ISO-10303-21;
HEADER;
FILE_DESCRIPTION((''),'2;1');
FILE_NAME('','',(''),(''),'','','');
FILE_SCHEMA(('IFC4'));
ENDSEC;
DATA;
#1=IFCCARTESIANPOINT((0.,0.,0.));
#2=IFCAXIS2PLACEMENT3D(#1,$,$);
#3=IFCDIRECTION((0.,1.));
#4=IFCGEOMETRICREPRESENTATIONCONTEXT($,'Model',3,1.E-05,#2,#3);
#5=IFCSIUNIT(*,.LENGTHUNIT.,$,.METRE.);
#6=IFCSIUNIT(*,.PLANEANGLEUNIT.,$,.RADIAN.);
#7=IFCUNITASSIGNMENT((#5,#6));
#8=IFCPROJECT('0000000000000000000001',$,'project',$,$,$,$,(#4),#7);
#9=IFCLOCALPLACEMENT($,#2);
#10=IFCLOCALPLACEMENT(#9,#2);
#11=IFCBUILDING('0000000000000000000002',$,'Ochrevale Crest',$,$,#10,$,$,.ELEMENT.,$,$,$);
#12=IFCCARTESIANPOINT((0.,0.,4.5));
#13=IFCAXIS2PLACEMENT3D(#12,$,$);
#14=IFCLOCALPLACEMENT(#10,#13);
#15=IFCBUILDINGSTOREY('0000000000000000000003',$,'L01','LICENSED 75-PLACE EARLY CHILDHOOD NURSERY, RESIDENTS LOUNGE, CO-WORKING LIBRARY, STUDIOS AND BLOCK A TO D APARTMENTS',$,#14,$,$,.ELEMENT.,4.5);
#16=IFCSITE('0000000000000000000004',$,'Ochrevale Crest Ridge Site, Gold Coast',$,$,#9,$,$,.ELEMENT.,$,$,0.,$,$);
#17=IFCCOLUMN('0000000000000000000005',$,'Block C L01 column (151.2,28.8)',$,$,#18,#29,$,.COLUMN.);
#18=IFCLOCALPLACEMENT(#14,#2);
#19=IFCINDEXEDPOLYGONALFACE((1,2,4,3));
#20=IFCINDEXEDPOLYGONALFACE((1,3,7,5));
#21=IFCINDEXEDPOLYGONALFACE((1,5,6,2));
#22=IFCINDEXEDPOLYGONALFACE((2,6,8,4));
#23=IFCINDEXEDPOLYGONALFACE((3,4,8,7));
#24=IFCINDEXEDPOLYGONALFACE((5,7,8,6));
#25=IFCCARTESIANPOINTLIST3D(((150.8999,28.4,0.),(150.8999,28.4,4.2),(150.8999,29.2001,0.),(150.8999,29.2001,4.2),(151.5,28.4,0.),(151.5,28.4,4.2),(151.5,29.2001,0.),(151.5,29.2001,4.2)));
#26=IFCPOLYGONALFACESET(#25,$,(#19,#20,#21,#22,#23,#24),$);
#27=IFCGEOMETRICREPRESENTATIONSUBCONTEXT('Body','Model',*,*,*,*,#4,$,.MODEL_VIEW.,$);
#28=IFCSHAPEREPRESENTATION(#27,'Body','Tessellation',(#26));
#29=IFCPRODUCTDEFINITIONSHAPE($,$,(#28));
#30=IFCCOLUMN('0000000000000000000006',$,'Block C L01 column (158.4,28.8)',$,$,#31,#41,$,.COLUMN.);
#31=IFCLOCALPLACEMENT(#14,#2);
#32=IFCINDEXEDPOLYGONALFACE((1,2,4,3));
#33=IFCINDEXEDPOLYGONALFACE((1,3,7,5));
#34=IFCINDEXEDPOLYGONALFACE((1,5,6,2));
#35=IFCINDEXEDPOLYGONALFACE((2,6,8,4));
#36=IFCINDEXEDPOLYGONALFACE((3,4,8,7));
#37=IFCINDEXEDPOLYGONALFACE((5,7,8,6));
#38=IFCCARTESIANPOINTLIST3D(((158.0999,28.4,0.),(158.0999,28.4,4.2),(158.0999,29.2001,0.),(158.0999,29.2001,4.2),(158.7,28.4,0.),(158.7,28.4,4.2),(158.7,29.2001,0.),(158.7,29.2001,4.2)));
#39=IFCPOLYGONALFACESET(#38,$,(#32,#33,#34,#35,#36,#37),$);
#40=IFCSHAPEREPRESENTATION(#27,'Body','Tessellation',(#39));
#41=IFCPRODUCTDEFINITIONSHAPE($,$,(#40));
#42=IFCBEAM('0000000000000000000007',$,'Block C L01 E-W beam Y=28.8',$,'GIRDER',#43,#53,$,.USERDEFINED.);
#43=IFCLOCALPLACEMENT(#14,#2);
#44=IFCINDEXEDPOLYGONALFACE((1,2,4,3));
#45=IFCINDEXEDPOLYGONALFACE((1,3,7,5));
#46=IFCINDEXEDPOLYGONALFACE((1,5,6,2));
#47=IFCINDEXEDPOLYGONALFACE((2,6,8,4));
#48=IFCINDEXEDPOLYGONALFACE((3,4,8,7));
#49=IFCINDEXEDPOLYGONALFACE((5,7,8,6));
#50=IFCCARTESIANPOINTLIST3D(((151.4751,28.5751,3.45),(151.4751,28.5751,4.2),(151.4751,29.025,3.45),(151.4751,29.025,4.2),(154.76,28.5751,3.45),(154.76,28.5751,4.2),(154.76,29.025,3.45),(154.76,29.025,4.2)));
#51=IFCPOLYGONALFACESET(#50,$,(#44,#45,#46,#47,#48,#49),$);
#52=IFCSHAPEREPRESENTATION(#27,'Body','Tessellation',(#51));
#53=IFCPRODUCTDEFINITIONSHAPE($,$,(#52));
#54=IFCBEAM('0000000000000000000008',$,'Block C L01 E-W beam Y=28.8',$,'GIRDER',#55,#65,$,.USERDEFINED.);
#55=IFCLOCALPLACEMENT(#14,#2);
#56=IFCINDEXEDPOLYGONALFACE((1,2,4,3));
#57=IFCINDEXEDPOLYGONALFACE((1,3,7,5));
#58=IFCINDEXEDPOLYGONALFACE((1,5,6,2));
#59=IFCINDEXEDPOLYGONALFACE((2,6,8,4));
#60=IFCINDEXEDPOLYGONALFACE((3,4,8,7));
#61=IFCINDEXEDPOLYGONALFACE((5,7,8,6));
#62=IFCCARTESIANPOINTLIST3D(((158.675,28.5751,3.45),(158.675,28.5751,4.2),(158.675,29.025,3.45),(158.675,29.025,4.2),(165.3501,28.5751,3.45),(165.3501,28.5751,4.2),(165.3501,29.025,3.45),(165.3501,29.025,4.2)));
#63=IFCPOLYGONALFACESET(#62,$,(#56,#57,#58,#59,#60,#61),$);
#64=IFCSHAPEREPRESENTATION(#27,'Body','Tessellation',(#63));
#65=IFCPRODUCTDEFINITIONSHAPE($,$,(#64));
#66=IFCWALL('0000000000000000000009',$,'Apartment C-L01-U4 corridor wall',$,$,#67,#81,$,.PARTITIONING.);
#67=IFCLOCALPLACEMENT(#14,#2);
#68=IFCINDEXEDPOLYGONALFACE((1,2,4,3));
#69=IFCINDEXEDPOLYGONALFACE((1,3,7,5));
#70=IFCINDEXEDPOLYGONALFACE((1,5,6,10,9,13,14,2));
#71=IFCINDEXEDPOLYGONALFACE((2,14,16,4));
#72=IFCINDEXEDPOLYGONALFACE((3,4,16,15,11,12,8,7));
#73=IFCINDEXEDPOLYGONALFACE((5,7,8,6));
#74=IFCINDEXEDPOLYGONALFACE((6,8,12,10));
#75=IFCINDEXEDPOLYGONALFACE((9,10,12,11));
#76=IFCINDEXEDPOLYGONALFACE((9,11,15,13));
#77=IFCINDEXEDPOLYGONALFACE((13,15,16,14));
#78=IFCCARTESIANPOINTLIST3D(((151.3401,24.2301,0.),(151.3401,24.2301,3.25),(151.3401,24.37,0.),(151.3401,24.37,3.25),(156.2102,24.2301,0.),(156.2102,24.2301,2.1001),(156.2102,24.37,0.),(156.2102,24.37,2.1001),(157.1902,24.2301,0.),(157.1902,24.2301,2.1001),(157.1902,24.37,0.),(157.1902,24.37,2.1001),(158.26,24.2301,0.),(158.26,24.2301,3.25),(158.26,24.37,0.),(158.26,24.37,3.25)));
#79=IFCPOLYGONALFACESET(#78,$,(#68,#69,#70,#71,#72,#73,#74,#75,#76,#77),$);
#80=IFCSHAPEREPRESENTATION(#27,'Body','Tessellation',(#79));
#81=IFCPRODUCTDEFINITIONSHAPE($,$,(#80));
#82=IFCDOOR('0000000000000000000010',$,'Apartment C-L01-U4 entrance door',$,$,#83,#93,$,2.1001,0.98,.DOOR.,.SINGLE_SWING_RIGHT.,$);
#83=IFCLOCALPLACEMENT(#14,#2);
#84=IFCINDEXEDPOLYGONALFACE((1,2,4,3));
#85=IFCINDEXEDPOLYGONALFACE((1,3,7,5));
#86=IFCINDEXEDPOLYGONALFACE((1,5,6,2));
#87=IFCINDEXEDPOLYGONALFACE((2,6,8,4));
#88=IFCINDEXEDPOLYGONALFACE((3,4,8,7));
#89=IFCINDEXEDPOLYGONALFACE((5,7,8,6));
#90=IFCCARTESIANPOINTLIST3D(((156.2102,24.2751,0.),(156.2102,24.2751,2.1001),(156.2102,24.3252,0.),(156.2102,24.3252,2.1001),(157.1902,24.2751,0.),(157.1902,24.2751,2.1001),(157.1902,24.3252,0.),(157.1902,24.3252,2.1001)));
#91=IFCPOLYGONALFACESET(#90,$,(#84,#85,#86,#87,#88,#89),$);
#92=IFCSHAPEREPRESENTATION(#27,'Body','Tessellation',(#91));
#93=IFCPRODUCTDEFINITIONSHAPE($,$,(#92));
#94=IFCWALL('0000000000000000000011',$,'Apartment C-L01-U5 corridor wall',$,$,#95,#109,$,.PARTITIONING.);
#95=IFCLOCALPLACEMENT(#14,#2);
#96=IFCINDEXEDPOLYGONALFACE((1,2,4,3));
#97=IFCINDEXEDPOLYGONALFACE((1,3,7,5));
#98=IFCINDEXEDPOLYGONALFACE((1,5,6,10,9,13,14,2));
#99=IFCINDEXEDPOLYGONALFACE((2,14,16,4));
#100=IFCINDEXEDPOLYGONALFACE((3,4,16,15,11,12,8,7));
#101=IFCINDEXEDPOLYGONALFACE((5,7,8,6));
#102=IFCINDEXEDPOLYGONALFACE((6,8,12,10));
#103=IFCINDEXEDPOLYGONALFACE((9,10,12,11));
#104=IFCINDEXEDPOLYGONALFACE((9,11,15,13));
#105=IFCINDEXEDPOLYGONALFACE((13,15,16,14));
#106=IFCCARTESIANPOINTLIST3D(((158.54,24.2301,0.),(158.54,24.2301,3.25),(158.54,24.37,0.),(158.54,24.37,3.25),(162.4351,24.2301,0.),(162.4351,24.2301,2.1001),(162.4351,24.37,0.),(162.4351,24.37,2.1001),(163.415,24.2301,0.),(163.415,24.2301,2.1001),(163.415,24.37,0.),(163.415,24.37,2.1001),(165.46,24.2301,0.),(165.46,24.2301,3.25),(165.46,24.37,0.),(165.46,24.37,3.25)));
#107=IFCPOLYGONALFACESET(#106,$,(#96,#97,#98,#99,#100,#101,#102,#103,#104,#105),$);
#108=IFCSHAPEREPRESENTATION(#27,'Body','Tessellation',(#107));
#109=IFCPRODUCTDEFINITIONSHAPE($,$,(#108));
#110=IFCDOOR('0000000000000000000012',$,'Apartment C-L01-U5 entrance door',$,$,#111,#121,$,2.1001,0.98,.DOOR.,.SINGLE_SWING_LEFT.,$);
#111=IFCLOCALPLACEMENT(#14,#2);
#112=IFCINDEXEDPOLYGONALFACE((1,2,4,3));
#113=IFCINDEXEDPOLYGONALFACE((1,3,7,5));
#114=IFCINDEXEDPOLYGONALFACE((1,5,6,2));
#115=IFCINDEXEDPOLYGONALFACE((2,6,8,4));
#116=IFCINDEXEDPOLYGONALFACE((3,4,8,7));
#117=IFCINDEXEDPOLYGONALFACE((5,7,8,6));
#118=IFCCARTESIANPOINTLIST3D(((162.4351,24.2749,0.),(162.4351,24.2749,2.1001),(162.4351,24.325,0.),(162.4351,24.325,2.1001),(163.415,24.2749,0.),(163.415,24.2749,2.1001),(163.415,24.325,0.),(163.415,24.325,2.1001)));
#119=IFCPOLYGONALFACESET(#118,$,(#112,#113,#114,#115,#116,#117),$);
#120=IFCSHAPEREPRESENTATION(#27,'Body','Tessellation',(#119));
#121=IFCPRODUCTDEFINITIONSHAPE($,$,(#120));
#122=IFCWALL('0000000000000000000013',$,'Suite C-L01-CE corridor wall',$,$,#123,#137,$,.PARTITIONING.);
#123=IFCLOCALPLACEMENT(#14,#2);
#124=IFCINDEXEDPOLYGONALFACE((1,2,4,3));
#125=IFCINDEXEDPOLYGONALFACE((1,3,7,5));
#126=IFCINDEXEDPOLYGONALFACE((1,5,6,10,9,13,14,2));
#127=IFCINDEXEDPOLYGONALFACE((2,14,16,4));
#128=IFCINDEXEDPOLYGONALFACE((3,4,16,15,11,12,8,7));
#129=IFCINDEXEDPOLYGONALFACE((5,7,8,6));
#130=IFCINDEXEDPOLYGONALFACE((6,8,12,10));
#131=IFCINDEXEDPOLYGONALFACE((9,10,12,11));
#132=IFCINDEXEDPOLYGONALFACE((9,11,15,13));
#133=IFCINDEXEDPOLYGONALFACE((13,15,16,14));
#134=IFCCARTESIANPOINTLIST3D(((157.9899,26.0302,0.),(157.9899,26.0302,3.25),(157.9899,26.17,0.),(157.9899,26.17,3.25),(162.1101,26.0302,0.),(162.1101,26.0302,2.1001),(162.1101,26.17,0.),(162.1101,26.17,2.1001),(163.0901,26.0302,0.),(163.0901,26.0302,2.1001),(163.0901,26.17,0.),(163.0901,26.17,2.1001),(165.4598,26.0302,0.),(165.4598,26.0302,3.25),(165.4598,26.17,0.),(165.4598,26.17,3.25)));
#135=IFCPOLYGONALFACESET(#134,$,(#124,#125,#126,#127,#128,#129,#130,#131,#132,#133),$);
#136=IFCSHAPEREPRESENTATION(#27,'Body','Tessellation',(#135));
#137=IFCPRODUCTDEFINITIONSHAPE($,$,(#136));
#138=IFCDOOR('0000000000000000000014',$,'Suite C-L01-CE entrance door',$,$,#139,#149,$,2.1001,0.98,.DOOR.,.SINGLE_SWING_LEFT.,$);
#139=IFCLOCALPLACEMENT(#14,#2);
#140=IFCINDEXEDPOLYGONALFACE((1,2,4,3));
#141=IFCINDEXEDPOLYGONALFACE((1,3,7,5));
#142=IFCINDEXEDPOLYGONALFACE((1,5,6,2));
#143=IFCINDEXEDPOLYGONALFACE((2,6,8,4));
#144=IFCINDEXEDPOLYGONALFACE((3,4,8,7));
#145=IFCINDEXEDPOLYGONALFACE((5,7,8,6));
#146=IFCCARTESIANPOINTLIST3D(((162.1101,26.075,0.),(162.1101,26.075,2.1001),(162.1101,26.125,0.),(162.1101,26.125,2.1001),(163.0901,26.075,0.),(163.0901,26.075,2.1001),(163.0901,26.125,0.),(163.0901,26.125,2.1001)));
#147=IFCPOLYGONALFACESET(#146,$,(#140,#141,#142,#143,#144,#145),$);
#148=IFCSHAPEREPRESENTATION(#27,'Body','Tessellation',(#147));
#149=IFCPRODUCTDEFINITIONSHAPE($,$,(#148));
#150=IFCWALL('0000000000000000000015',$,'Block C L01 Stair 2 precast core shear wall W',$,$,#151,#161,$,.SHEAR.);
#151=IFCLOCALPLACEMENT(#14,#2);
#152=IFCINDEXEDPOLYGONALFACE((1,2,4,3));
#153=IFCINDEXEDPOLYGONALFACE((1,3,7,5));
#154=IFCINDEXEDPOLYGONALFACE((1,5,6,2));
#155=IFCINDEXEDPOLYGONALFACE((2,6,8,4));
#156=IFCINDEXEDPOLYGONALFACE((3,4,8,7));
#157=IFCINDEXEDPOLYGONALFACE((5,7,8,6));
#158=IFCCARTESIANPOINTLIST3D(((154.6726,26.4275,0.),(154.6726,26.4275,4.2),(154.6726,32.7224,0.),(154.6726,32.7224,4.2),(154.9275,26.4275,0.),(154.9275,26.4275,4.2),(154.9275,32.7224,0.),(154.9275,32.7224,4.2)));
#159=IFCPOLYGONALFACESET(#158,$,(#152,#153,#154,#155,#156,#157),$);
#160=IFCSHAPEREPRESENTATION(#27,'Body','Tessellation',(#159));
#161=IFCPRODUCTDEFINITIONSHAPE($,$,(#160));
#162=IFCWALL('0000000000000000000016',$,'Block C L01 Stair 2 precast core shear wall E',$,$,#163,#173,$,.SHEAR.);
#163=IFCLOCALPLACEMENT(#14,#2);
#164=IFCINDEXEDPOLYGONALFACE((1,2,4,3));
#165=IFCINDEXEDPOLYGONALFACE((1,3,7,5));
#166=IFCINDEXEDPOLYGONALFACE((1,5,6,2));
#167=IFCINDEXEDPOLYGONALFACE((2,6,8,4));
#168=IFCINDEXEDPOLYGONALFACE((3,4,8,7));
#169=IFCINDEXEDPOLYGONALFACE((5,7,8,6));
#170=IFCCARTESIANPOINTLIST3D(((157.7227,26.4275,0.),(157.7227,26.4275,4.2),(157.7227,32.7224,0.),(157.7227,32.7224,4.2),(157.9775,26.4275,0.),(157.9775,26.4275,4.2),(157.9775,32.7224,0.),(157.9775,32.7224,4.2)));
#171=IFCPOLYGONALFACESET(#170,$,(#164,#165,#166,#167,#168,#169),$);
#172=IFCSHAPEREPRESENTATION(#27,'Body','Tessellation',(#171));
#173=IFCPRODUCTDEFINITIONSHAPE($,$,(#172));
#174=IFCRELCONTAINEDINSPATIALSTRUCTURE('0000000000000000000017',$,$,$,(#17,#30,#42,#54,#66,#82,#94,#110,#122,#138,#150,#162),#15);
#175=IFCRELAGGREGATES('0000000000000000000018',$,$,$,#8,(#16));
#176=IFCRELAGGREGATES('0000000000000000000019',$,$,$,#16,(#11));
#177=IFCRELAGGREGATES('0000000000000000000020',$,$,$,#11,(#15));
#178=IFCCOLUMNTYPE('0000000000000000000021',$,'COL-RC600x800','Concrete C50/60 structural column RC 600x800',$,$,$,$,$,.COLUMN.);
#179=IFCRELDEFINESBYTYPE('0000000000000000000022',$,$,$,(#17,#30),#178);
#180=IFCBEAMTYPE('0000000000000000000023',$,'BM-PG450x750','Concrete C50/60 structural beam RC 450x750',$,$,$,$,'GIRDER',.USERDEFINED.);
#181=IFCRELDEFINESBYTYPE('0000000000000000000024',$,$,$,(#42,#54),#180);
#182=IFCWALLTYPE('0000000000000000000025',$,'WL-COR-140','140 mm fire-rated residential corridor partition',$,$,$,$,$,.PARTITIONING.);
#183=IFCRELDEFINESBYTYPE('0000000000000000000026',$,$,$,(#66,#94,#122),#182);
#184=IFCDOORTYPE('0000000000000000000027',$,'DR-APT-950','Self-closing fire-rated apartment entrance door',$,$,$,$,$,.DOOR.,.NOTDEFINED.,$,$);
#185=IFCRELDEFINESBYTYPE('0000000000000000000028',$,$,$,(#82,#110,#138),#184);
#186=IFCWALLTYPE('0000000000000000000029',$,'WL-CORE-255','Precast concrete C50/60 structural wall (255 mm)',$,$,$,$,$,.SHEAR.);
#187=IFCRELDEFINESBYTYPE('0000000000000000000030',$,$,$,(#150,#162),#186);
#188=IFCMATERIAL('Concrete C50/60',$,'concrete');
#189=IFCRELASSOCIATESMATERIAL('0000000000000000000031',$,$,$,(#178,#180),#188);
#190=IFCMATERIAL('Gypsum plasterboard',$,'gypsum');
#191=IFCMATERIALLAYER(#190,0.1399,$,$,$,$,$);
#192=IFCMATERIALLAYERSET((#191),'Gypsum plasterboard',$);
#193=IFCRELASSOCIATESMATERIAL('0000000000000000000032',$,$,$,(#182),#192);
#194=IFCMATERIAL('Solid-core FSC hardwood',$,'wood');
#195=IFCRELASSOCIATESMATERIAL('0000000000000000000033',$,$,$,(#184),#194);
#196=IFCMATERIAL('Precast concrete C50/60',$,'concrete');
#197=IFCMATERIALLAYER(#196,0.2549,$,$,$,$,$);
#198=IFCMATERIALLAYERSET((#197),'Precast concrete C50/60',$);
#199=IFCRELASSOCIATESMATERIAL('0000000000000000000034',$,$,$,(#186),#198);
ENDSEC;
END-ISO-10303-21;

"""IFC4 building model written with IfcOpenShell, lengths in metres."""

from ifc_helpers import new_model, si_unit, direction, frame, frame_2d, origin, origin_2d, place, context, subcontext, project, spatial, rectangle, extrude, material, layer, layer_set, material_profile, profile_set, type_object, element, fill, save


model = new_model("IFC4")

# Units and contexts
model_context = context("Model", 3, precision=1e-05, world=origin(), true_north=direction((0.0, 1.0)))
body_context = subcontext(model_context, "Body", "Model", "MODEL_VIEW")
ifc_project = project(units=[si_unit("LENGTHUNIT", "METRE"), si_unit("PLANEANGLEUNIT", "RADIAN")], contexts=[model_context])

# Site, building, storey
site_placement = place(None, origin())
site = spatial("IfcSite", under=ifc_project, at=site_placement, Name="Ochrevale Crest Ridge Site, Gold Coast", CompositionType="ELEMENT", RefElevation=0.0)
building_placement = place(site_placement, origin())
building = spatial("IfcBuilding", under=site, at=building_placement, Name="Ochrevale Crest", CompositionType="ELEMENT")
storey_placement = place(building_placement, frame((0.0, 0.0, 4.5)))
storey = spatial("IfcBuildingStorey", under=building, at=storey_placement, Name="L01", Description="LICENSED 75-PLACE EARLY CHILDHOOD NURSERY, RESIDENTS LOUNGE, CO-WORKING LIBRARY, STUDIOS AND BLOCK A TO D APARTMENTS", CompositionType="ELEMENT", Elevation=4.5)

# Columns
ifc_material_1 = material(Name="Concrete C50/60", Category="concrete")
ifc_material_profile_1 = material_profile(ifc_material_1, rectangle(XDim=0.6001, YDim=0.8, at=origin_2d()), Name="RC 600x800")
ifc_profile_set_1 = profile_set([ifc_material_profile_1], Name="Concrete C50/60")
column_type = type_object("IfcColumnType", Name="COL-RC600x800", Description="Concrete C50/60 structural column RC 600x800", PredefinedType="COLUMN", material=ifc_profile_set_1)
for number, where, z_axis, x_axis, name in (
    (1, (151.2, 28.8, 0.0), (0.0, 0.0, 1.0), (1.0, 0.0, 0.0), "Block C L01 column (151.2,28.8)"),
    (2, (158.3999, 28.8, 0.0), (0.0, 0.0, 1.0), (1.0, 0.0, 0.0), "Block C L01 column (158.4,28.8)"),
):
    element("IfcColumn", number, at=place(storey_placement, frame(where, z_axis=z_axis, x_axis=x_axis)), inside=storey, type_object=column_type, Name=name, PredefinedType="COLUMN", context=body_context, shape_type="SweptSolid", body=[
        extrude(rectangle(XDim=0.6001, YDim=0.8, at=origin_2d()), origin(), (0.0, 0.0, 1.0), 4.2),
    ])

# Beams
ifc_material_profile_2 = material_profile(ifc_material_1, rectangle(XDim=0.45, YDim=0.75, at=origin_2d()), Name="RC 450x750")
ifc_profile_set_2 = profile_set([ifc_material_profile_2], Name="Concrete C50/60")
beam_type = type_object("IfcBeamType", Name="BM-PG450x750", Description="Concrete C50/60 structural beam RC 450x750", ElementType="GIRDER", PredefinedType="USERDEFINED", material=ifc_profile_set_2)
beam_1_placement = place(storey_placement, frame((151.4751, 28.8, 3.825), z_axis=(1.0, 0.0, 0.0), x_axis=(0.0, 1.0, 0.0)))
element("IfcBeam", 3, at=beam_1_placement, inside=storey, type_object=beam_type, Name="Block C L01 E-W beam Y=28.8", ObjectType="GIRDER", PredefinedType="USERDEFINED", context=body_context, shape_type="SweptSolid", body=[
    extrude(rectangle(XDim=0.45, YDim=0.75, at=origin_2d()), origin(), (0.0, 0.0, 1.0), 3.2849),
])
beam_2_placement = place(storey_placement, frame((158.675, 28.8, 3.825), z_axis=(1.0, 0.0, 0.0), x_axis=(0.0, 1.0, 0.0)))
element("IfcBeam", 4, at=beam_2_placement, inside=storey, type_object=beam_type, Name="Block C L01 E-W beam Y=28.8", ObjectType="GIRDER", PredefinedType="USERDEFINED", context=body_context, shape_type="SweptSolid", body=[
    extrude(rectangle(XDim=0.45, YDim=0.75, at=origin_2d()), origin(), (0.0, 0.0, 1.0), 6.675),
])

# Walls, openings, doors
ifc_material_2 = material(Name="Gypsum plasterboard", Category="gypsum")
ifc_layer_1 = layer(ifc_material_2, 0.1399)
ifc_layer_set_1 = layer_set([ifc_layer_1], Name="Gypsum plasterboard")
wall_type_1 = type_object("IfcWallType", Name="WL-COR-140", Description="140 mm fire-rated residential corridor partition", PredefinedType="PARTITIONING", material=ifc_layer_set_1)
wall_1_placement = place(storey_placement, frame((151.3401, 24.3, 0.0), z_axis=(0.0, 0.0, 1.0), x_axis=(1.0, 0.0, 0.0)))
wall_1 = element("IfcWall", 5, at=wall_1_placement, inside=storey, type_object=wall_type_1, Name="Apartment C-L01-U4 corridor wall", PredefinedType="PARTITIONING", context=body_context, shape_type="SweptSolid", body=[
    extrude(rectangle(XDim=6.9199, YDim=0.1399, at=frame_2d((3.46, 0.0))), origin(), (0.0, 0.0, 1.0), 3.25),
])
opening_1_placement = place(wall_1_placement, frame((5.8501, 0.0, 0.0), z_axis=(0.0, 0.0, 1.0), x_axis=(-1.0, 0.0, 0.0)))
opening_1 = element("IfcOpeningElement", 6, at=opening_1_placement, cuts=wall_1, PredefinedType="OPENING", context=body_context, shape_type="SweptSolid", body=[
    extrude(rectangle(XDim=0.98, YDim=2.1001, at=frame_2d((0.49, 1.05))), frame((0.0, 0.0801, 0.0), z_axis=(0.0, -1.0, 0.0), x_axis=(1.0, 0.0, 0.0)), (0.0, 0.0, 1.0), 0.1599),
])
ifc_material_3 = material(Name="Solid-core FSC hardwood", Category="wood")
door_type_1 = type_object("IfcDoorType", Name="DR-APT-950", Description="Self-closing fire-rated apartment entrance door", OperationType="NOTDEFINED", PredefinedType="DOOR", material=ifc_material_3)
door_1_placement = place(opening_1_placement, origin())
door_1 = element("IfcDoor", 7, at=door_1_placement, inside=storey, type_object=door_type_1, Name="Apartment C-L01-U4 entrance door", OperationType="SINGLE_SWING_RIGHT", OverallHeight=2.1001, OverallWidth=0.98, PredefinedType="DOOR", context=body_context, shape_type="SweptSolid", body=[
    extrude(rectangle(XDim=0.98, YDim=2.1001, at=frame_2d((0.49, 1.05))), frame((0.0, 0.0249, 0.0), z_axis=(0.0, -1.0, 0.0), x_axis=(1.0, 0.0, 0.0)), (0.0, 0.0, 1.0), 0.05),
])
fill(opening_1, door_1)
wall_2_placement = place(storey_placement, frame((158.54, 24.3, 0.0), z_axis=(0.0, 0.0, 1.0), x_axis=(1.0, 0.0, 0.0)))
wall_2 = element("IfcWall", 8, at=wall_2_placement, inside=storey, type_object=wall_type_1, Name="Apartment C-L01-U5 corridor wall", PredefinedType="PARTITIONING", context=body_context, shape_type="SweptSolid", body=[
    extrude(rectangle(XDim=6.9199, YDim=0.1399, at=frame_2d((3.46, 0.0))), origin(), (0.0, 0.0, 1.0), 3.25),
])
opening_2_placement = place(wall_2_placement, frame((3.895, 0.0, 0.0)))
opening_2 = element("IfcOpeningElement", 9, at=opening_2_placement, cuts=wall_2, PredefinedType="OPENING", context=body_context, shape_type="SweptSolid", body=[
    extrude(rectangle(XDim=0.98, YDim=2.1001, at=frame_2d((0.49, 1.05))), frame((0.0, 0.0801, 0.0), z_axis=(0.0, -1.0, 0.0), x_axis=(1.0, 0.0, 0.0)), (0.0, 0.0, 1.0), 0.1599),
])
door_2_placement = place(opening_2_placement, origin())
door_2 = element("IfcDoor", 10, at=door_2_placement, inside=storey, type_object=door_type_1, Name="Apartment C-L01-U5 entrance door", OperationType="SINGLE_SWING_LEFT", OverallHeight=2.1001, OverallWidth=0.98, PredefinedType="DOOR", context=body_context, shape_type="SweptSolid", body=[
    extrude(rectangle(XDim=0.98, YDim=2.1001, at=frame_2d((0.49, 1.05))), frame((0.0, 0.0249, 0.0), z_axis=(0.0, -1.0, 0.0), x_axis=(1.0, 0.0, 0.0)), (0.0, 0.0, 1.0), 0.05),
])
fill(opening_2, door_2)
wall_3_placement = place(storey_placement, frame((157.99, 26.1001, 0.0), z_axis=(0.0, 0.0, 1.0), x_axis=(1.0, 0.0, 0.0)))
wall_3 = element("IfcWall", 11, at=wall_3_placement, inside=storey, type_object=wall_type_1, Name="Suite C-L01-CE corridor wall", PredefinedType="PARTITIONING", context=body_context, shape_type="SweptSolid", body=[
    extrude(rectangle(XDim=7.47, YDim=0.1399, at=frame_2d((3.7349, 0.0))), origin(), (0.0, 0.0, 1.0), 3.25),
])
opening_3_placement = place(wall_3_placement, frame((4.1201, 0.0, 0.0)))
opening_3 = element("IfcOpeningElement", 12, at=opening_3_placement, cuts=wall_3, PredefinedType="OPENING", context=body_context, shape_type="SweptSolid", body=[
    extrude(rectangle(XDim=0.98, YDim=2.1001, at=frame_2d((0.49, 1.05))), frame((0.0, 0.0801, 0.0), z_axis=(0.0, -1.0, 0.0), x_axis=(1.0, 0.0, 0.0)), (0.0, 0.0, 1.0), 0.1599),
])
door_3_placement = place(opening_3_placement, origin())
door_3 = element("IfcDoor", 13, at=door_3_placement, inside=storey, type_object=door_type_1, Name="Suite C-L01-CE entrance door", OperationType="SINGLE_SWING_LEFT", OverallHeight=2.1001, OverallWidth=0.98, PredefinedType="DOOR", context=body_context, shape_type="SweptSolid", body=[
    extrude(rectangle(XDim=0.98, YDim=2.1001, at=frame_2d((0.49, 1.05))), frame((0.0, 0.0249, 0.0), z_axis=(0.0, -1.0, 0.0), x_axis=(1.0, 0.0, 0.0)), (0.0, 0.0, 1.0), 0.05),
])
fill(opening_3, door_3)
ifc_material_4 = material(Name="Precast concrete C50/60", Category="concrete")
ifc_layer_2 = layer(ifc_material_4, 0.2549)
ifc_layer_set_2 = layer_set([ifc_layer_2], Name="Precast concrete C50/60")
wall_type_2 = type_object("IfcWallType", Name="WL-CORE-255", Description="Precast concrete C50/60 structural wall (255 mm)", PredefinedType="SHEAR", material=ifc_layer_set_2)

# Walls
for number, where, z_axis, x_axis, name in (
    (14, (154.8, 26.4275, 0.0), (0.0, 0.0, 1.0), (0.0, 1.0, 0.0), "Block C L01 Stair 2 precast core shear wall W"),
    (15, (157.8501, 26.4275, 0.0), (0.0, 0.0, 1.0), (0.0, 1.0, 0.0), "Block C L01 Stair 2 precast core shear wall E"),
):
    element("IfcWall", number, at=place(storey_placement, frame(where, z_axis=z_axis, x_axis=x_axis)), inside=storey, type_object=wall_type_2, Name=name, PredefinedType="SHEAR", context=body_context, shape_type="SweptSolid", body=[
        extrude(rectangle(XDim=6.2949, YDim=0.2549, at=frame_2d((3.1475, 0.0))), origin(), (0.0, 0.0, 1.0), 4.2),
    ])

save(model, "model.ifc")
